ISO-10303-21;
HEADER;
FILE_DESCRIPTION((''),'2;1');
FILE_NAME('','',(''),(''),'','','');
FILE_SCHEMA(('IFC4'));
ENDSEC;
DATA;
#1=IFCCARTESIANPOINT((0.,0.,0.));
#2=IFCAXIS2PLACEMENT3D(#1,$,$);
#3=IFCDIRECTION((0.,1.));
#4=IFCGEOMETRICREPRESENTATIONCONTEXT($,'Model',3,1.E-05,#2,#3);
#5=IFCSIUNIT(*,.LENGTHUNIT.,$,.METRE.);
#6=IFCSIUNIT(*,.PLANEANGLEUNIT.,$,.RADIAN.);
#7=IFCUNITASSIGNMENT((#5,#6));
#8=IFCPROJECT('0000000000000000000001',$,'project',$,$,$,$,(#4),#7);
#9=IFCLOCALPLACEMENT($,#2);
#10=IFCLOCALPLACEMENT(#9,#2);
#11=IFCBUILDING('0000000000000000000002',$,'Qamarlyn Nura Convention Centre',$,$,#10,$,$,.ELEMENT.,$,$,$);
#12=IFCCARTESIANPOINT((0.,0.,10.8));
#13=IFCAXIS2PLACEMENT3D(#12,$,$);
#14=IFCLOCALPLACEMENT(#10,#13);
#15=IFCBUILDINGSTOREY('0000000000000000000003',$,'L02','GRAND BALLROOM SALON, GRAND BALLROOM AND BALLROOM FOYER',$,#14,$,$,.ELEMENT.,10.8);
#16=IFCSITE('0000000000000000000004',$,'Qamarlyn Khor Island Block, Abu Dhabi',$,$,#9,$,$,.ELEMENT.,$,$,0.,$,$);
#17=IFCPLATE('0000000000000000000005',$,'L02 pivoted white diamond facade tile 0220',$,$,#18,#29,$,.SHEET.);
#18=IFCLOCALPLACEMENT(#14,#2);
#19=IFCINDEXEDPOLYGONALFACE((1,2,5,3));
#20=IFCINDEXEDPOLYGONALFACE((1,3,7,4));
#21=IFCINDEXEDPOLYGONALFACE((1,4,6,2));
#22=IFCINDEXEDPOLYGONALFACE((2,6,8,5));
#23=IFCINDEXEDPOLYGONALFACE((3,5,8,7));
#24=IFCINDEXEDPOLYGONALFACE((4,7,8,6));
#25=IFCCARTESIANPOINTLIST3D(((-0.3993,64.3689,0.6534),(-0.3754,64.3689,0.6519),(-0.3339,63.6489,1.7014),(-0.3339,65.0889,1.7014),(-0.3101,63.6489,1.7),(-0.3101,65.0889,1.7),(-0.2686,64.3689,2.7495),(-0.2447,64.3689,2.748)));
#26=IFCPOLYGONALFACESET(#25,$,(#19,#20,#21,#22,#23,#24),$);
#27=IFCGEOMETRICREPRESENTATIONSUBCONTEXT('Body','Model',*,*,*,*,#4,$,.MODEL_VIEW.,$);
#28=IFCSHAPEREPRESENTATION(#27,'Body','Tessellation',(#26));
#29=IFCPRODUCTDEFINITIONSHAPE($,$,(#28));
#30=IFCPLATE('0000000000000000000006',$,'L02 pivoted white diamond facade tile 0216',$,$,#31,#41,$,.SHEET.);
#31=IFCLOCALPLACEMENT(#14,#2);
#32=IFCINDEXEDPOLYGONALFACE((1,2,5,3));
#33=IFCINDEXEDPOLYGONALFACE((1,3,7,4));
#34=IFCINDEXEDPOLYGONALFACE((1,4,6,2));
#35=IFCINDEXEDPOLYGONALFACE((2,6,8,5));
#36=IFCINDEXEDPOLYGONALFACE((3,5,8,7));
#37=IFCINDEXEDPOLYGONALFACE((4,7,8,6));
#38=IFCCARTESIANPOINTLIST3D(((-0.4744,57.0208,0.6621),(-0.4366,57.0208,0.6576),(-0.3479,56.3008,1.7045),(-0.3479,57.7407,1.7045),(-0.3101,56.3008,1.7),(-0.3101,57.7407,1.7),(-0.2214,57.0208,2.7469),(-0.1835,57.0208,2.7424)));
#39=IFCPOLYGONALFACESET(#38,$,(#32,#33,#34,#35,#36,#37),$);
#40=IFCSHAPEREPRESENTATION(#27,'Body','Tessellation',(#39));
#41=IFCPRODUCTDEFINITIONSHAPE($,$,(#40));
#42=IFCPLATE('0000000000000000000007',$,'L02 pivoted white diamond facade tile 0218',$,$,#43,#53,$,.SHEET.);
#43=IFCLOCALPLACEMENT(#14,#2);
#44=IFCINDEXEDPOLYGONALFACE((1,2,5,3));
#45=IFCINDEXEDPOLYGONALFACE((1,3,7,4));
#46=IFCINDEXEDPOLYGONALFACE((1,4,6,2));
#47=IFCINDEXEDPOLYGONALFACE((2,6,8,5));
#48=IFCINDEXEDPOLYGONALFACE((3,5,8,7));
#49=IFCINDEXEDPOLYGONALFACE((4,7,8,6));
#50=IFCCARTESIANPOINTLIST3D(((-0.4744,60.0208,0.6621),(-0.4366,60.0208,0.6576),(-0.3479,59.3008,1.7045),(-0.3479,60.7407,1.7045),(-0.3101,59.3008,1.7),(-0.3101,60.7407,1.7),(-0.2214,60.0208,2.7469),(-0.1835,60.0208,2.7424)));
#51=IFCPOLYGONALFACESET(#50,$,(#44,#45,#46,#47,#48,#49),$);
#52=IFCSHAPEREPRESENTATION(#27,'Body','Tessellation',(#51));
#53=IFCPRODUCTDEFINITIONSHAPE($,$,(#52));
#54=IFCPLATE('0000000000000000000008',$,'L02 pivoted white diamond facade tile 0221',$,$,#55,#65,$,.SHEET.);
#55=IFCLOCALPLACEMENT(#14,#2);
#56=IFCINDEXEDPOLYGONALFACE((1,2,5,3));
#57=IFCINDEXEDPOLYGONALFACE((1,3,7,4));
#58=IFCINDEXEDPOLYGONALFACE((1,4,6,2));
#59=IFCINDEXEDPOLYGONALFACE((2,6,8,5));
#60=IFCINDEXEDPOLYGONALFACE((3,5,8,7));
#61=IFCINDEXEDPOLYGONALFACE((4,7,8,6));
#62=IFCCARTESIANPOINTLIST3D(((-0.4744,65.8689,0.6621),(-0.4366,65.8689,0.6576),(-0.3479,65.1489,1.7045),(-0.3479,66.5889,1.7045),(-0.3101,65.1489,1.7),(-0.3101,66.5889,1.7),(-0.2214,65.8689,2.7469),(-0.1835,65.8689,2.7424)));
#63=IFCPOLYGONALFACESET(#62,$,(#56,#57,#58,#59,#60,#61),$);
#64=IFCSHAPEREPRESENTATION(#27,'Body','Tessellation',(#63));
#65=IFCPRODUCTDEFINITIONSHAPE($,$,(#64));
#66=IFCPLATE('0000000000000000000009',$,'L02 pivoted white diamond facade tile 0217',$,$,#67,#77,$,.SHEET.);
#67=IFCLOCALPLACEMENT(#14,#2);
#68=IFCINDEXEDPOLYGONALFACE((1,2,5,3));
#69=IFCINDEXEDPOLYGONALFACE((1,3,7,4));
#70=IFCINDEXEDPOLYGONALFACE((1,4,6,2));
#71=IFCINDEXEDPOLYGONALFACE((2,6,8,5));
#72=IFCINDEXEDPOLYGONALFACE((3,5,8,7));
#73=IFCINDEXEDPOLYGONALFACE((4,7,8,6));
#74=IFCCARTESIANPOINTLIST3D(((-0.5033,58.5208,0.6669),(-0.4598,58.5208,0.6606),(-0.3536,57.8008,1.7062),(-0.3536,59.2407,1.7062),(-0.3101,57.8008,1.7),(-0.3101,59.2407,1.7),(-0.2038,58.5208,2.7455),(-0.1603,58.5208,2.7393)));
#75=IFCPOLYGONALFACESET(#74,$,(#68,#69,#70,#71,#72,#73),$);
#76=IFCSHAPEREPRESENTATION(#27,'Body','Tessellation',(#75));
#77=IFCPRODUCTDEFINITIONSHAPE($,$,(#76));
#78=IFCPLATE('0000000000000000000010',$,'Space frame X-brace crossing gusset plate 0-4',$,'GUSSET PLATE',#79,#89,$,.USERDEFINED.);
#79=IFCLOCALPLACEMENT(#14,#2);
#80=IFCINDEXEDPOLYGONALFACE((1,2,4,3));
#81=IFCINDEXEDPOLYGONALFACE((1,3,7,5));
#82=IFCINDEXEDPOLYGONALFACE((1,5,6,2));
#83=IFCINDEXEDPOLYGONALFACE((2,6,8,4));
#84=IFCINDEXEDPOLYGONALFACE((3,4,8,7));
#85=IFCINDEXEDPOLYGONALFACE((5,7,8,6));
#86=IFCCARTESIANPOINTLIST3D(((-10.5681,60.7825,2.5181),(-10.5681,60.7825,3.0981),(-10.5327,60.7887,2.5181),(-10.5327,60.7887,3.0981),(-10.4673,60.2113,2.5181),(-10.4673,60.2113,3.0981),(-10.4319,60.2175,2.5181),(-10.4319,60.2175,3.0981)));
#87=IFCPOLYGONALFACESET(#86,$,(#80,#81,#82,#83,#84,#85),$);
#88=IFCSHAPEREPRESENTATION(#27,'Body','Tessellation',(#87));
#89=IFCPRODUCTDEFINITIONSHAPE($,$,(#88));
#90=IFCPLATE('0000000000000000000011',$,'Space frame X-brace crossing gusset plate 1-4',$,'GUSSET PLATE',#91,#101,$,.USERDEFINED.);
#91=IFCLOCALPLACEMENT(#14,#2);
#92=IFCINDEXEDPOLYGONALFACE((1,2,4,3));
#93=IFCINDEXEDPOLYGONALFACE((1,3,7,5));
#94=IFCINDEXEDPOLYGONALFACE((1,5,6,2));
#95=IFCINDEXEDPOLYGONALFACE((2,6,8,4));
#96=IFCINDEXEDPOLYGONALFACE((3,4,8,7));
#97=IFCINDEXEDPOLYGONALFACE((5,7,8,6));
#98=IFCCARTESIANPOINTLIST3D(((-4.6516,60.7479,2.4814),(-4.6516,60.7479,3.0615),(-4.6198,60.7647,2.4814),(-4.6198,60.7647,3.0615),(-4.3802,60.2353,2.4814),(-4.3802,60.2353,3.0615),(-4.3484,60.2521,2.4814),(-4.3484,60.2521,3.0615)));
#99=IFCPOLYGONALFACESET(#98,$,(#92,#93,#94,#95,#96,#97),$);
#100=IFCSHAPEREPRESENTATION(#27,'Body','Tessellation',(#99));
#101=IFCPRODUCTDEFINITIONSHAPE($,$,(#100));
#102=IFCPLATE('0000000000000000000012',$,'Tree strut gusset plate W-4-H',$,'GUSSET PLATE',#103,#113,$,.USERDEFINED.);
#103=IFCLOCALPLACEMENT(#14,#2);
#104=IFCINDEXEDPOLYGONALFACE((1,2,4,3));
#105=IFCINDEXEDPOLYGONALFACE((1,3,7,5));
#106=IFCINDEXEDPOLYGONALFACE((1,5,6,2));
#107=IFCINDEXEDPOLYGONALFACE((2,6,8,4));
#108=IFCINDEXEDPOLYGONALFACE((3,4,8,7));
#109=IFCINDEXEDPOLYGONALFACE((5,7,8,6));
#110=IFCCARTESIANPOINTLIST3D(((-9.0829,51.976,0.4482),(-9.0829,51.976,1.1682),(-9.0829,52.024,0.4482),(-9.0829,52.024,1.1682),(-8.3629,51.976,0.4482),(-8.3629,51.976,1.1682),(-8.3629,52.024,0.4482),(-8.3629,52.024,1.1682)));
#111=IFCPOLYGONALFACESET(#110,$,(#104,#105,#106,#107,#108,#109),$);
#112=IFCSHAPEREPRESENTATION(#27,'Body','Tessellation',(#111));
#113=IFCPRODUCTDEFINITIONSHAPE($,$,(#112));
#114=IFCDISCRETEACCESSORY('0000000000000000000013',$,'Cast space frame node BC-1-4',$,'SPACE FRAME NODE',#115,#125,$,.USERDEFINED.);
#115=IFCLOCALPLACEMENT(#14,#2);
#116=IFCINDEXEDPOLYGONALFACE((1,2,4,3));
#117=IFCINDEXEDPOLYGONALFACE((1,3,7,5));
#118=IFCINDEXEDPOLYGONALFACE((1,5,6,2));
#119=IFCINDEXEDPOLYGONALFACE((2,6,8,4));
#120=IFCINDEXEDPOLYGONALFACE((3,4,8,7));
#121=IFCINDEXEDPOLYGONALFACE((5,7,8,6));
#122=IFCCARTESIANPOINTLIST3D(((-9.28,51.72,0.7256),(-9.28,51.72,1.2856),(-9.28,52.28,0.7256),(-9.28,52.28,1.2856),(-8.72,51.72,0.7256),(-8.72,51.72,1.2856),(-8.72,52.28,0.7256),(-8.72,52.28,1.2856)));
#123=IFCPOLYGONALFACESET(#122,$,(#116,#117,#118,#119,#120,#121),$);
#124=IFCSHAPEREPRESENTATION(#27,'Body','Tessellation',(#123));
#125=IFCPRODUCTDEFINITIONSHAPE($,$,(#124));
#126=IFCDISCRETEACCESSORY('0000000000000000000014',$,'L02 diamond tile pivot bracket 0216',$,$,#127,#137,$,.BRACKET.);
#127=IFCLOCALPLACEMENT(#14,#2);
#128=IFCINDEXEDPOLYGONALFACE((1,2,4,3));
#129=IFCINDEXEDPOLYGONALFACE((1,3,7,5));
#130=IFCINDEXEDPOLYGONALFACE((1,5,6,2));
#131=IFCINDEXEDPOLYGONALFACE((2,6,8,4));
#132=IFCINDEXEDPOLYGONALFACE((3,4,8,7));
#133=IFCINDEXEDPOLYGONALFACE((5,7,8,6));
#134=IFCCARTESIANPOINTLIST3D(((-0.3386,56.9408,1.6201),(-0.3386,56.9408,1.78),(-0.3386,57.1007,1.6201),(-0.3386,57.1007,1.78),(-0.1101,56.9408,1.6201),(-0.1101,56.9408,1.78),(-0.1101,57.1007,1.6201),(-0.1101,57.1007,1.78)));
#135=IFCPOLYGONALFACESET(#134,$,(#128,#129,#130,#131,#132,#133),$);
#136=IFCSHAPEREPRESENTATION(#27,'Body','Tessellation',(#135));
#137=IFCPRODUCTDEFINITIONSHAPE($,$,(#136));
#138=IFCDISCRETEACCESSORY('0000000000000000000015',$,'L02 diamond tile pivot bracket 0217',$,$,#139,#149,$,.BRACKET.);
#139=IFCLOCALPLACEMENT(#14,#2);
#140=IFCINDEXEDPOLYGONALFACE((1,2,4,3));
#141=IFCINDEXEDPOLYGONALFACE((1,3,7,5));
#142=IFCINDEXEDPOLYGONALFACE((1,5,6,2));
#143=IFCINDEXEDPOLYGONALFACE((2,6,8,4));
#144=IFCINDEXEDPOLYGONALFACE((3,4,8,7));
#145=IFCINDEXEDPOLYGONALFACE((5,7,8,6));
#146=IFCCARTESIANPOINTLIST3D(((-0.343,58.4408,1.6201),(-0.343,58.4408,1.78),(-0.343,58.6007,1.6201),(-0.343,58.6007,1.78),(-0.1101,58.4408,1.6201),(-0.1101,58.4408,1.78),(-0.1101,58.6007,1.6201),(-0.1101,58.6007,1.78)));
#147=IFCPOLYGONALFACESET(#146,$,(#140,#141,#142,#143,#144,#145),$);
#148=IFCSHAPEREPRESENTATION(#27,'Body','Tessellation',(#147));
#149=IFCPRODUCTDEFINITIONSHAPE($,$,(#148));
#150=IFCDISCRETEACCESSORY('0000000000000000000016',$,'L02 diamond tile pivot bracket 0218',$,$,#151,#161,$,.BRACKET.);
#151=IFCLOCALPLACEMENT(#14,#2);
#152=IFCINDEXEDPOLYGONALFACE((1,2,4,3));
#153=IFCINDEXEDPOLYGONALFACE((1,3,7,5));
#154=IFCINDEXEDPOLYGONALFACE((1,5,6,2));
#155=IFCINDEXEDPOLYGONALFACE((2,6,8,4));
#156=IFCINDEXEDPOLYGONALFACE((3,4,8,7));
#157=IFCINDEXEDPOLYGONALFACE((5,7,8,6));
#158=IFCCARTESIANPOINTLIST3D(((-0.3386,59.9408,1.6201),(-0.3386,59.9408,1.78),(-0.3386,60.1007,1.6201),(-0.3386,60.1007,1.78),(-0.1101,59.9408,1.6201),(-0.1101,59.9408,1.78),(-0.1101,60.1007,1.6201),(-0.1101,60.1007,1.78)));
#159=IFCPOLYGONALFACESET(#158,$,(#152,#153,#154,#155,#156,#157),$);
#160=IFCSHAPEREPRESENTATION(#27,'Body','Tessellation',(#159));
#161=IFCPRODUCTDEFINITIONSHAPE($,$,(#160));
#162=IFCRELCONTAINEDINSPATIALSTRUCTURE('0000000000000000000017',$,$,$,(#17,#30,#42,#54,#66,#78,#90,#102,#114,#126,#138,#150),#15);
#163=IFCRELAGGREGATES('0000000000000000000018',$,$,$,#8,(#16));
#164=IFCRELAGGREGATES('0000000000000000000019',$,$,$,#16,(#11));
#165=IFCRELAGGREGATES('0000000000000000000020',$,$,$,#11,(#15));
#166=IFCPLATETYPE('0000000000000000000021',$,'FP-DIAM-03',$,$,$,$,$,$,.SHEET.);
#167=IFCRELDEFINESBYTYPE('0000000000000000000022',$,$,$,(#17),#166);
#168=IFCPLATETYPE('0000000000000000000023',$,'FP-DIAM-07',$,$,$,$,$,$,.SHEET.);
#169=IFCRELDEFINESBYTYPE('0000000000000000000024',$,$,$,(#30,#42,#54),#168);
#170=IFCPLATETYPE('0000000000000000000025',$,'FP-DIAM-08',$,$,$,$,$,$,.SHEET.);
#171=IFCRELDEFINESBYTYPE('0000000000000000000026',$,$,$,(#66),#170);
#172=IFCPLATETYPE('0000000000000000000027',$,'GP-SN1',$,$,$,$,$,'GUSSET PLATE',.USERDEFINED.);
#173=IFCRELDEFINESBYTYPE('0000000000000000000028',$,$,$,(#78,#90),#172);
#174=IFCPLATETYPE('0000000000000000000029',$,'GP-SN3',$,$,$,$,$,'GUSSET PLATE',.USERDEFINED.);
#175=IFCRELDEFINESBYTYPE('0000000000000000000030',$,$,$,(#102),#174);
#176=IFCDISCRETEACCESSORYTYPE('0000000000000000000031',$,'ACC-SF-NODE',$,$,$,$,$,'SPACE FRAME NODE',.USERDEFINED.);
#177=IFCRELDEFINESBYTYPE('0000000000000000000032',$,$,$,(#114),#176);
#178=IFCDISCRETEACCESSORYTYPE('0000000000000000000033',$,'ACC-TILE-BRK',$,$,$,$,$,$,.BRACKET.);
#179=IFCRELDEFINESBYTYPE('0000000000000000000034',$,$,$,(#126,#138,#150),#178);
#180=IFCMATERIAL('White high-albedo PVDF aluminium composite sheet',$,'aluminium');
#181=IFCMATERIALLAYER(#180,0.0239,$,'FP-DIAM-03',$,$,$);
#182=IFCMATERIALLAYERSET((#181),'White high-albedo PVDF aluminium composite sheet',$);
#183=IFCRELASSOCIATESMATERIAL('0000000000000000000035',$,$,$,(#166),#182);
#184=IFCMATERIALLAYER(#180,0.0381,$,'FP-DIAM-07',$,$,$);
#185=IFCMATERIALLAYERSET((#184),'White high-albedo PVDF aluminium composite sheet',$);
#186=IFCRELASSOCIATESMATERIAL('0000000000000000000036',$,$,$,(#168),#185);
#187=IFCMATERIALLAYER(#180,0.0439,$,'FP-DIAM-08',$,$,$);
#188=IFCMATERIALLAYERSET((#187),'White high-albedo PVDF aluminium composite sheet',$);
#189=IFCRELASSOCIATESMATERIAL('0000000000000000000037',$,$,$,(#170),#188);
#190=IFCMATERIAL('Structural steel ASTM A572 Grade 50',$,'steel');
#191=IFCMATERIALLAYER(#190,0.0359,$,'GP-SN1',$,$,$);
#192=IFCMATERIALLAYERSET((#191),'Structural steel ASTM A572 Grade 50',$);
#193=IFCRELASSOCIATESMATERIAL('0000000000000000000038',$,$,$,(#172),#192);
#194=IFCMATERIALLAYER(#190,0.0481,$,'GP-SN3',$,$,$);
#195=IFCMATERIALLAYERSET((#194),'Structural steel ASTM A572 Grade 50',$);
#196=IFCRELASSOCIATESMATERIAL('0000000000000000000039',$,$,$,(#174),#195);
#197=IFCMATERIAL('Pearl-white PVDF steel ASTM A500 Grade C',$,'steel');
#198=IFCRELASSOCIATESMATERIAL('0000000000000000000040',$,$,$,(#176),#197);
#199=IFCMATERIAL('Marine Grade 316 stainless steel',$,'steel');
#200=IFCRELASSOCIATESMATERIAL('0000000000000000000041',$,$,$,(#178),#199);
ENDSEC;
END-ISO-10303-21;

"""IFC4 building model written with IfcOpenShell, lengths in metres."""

from ifc_helpers import new_model, si_unit, direction, frame, origin, origin_2d, place, context, subcontext, project, spatial, polyline, rectangle, outline, extrude, material, layer, layer_set, type_object, element, save


model = new_model("IFC4")

# Units and contexts
model_context = context("Model", 3, precision=1e-05, world=origin(), true_north=direction((0.0, 1.0)))
body_context = subcontext(model_context, "Body", "Model", "MODEL_VIEW")
ifc_project = project(units=[si_unit("LENGTHUNIT", "METRE"), si_unit("PLANEANGLEUNIT", "RADIAN")], contexts=[model_context])

# Site, building, storey
site_placement = place(None, origin())
site = spatial("IfcSite", under=ifc_project, at=site_placement, Name="Qamarlyn Khor Island Block, Abu Dhabi", CompositionType="ELEMENT", RefElevation=0.0)
building_placement = place(site_placement, origin())
building = spatial("IfcBuilding", under=site, at=building_placement, Name="Qamarlyn Nura Convention Centre", CompositionType="ELEMENT")
storey_placement = place(building_placement, frame((0.0, 0.0, 10.8)))
storey = spatial("IfcBuildingStorey", under=building, at=storey_placement, Name="L02", Description="GRAND BALLROOM SALON, GRAND BALLROOM AND BALLROOM FOYER", CompositionType="ELEMENT", Elevation=10.8)

# Shared definitions
ifc_material_1 = material(Name="Pearl-white PVDF steel ASTM A500 Grade C", Category="steel")

# Plates
ifc_material_2 = material(Name="White high-albedo PVDF aluminium composite sheet", Category="aluminium")
ifc_layer_1 = layer(ifc_material_2, 0.0239, Name="FP-DIAM-03")
ifc_layer_set_1 = layer_set([ifc_layer_1], Name="White high-albedo PVDF aluminium composite sheet")
plate_type_1 = type_object("IfcPlateType", Name="FP-DIAM-03", PredefinedType="SHEET", material=ifc_layer_set_1)
for number, where, z_axis, x_axis, name in (
    (1, (-0.3101, 64.3689, 1.7), (-0.998059, 0.0, 0.062268), (0.0, -1.0, 0.0), "L02 pivoted white diamond facade tile 0220"),
):
    element("IfcPlate", number, at=place(storey_placement, frame(where, z_axis=z_axis, x_axis=x_axis)), inside=storey, type_object=plate_type_1, Name=name, PredefinedType="SHEET", context=body_context, shape_type="SweptSolid", body=[
        extrude(outline(polyline([(-0.72, 0.0), (0.0, -1.05), (0.72, 0.0), (0.0, 1.05), (-0.72, 0.0)])), origin(), (0.0, 0.0, 1.0), 0.0239),
    ])
ifc_layer_2 = layer(ifc_material_2, 0.0381, Name="FP-DIAM-07")
ifc_layer_set_2 = layer_set([ifc_layer_2], Name="White high-albedo PVDF aluminium composite sheet")
plate_type_2 = type_object("IfcPlateType", Name="FP-DIAM-07", PredefinedType="SHEET", material=ifc_layer_set_2)
for number, where, z_axis, x_axis, name in (
    (2, (-0.3101, 57.0208, 1.7), (-0.992715, 0.0, 0.120483), (0.0, -1.0, 0.0), "L02 pivoted white diamond facade tile 0216"),
    (3, (-0.3101, 60.0208, 1.7), (-0.992715, 0.0, 0.120483), (0.0, -1.0, 0.0), "L02 pivoted white diamond facade tile 0218"),
    (4, (-0.3101, 65.8689, 1.7), (-0.992715, 0.0, 0.120483), (0.0, -1.0, 0.0), "L02 pivoted white diamond facade tile 0221"),
):
    element("IfcPlate", number, at=place(storey_placement, frame(where, z_axis=z_axis, x_axis=x_axis)), inside=storey, type_object=plate_type_2, Name=name, PredefinedType="SHEET", context=body_context, shape_type="SweptSolid", body=[
        extrude(outline(polyline([(-0.72, 0.0), (0.0, -1.05), (0.72, 0.0), (0.0, 1.05), (-0.72, 0.0)])), origin(), (0.0, 0.0, 1.0), 0.0381),
    ])
ifc_layer_3 = layer(ifc_material_2, 0.0439, Name="FP-DIAM-08")
ifc_layer_set_3 = layer_set([ifc_layer_3], Name="White high-albedo PVDF aluminium composite sheet")
plate_type_3 = type_object("IfcPlateType", Name="FP-DIAM-08", PredefinedType="SHEET", material=ifc_layer_set_3)
plate_1_placement = place(storey_placement, frame((-0.3101, 58.5208, 1.7), z_axis=(-0.989776, 0.0, 0.142629), x_axis=(0.0, -1.0, 0.0)))
element("IfcPlate", 5, at=plate_1_placement, inside=storey, type_object=plate_type_3, Name="L02 pivoted white diamond facade tile 0217", PredefinedType="SHEET", context=body_context, shape_type="SweptSolid", body=[
    extrude(outline(polyline([(-0.72, 0.0), (0.0, -1.05), (0.72, 0.0), (0.0, 1.05), (-0.72, 0.0)])), origin(), (0.0, 0.0, 1.0), 0.0439),
])
ifc_material_3 = material(Name="Structural steel ASTM A572 Grade 50", Category="steel")
ifc_layer_4 = layer(ifc_material_3, 0.0359, Name="GP-SN1")
ifc_layer_set_4 = layer_set([ifc_layer_4], Name="Structural steel ASTM A572 Grade 50")
plate_type_4 = type_object("IfcPlateType", Name="GP-SN1", ElementType="GUSSET PLATE", PredefinedType="USERDEFINED", material=ifc_layer_set_4)
for number, where, z_axis, x_axis, name in (
    (6, (-10.5, 60.5, 2.5181), (0.0, 0.0, 1.0), (-0.173786, 0.984783, 0.0), "Space frame X-brace crossing gusset plate 0-4"),
    (7, (-4.5, 60.5, 2.4814), (0.0, 0.0, 1.0), (-0.467888, 0.883788, 0.0), "Space frame X-brace crossing gusset plate 1-4"),
):
    element("IfcPlate", number, at=place(storey_placement, frame(where, z_axis=z_axis, x_axis=x_axis)), inside=storey, type_object=plate_type_4, Name=name, ObjectType="GUSSET PLATE", PredefinedType="USERDEFINED", context=body_context, shape_type="SweptSolid", body=[
        extrude(rectangle(XDim=0.5801, YDim=0.0359, at=origin_2d()), origin(), (0.0, 0.0, 1.0), 0.5801),
    ])
ifc_layer_5 = layer(ifc_material_3, 0.0481, Name="GP-SN3")
ifc_layer_set_5 = layer_set([ifc_layer_5], Name="Structural steel ASTM A572 Grade 50")
plate_type_5 = type_object("IfcPlateType", Name="GP-SN3", ElementType="GUSSET PLATE", PredefinedType="USERDEFINED", material=ifc_layer_set_5)
plate_2_placement = place(storey_placement, frame((-8.7229, 52.0, 0.4482), z_axis=(0.0, 0.0, 1.0), x_axis=(1.0, 0.0, 0.0)))
element("IfcPlate", 8, at=plate_2_placement, inside=storey, type_object=plate_type_5, Name="Tree strut gusset plate W-4-H", ObjectType="GUSSET PLATE", PredefinedType="USERDEFINED", context=body_context, shape_type="SweptSolid", body=[
    extrude(rectangle(XDim=0.72, YDim=0.0481, at=origin_2d()), origin(), (0.0, 0.0, 1.0), 0.72),
])

# Discrete accessories
discrete_accessory_type_1 = type_object("IfcDiscreteAccessoryType", Name="ACC-SF-NODE", ElementType="SPACE FRAME NODE", PredefinedType="USERDEFINED", material=ifc_material_1)
discrete_accessory_1_placement = place(storey_placement, frame((-9.0, 52.0, 0.7256), z_axis=(0.0, 0.0, 1.0), x_axis=(1.0, 0.0, 0.0)))
element("IfcDiscreteAccessory", 9, at=discrete_accessory_1_placement, inside=storey, type_object=discrete_accessory_type_1, Name="Cast space frame node BC-1-4", ObjectType="SPACE FRAME NODE", PredefinedType="USERDEFINED", context=body_context, shape_type="SweptSolid", body=[
    extrude(rectangle(XDim=0.5601, YDim=0.5601, at=origin_2d()), origin(), (0.0, 0.0, 1.0), 0.5601),
])
ifc_material_4 = material(Name="Marine Grade 316 stainless steel", Category="steel")
discrete_accessory_type_2 = type_object("IfcDiscreteAccessoryType", Name="ACC-TILE-BRK", PredefinedType="BRACKET", material=ifc_material_4)
discrete_accessory_2_placement = place(storey_placement, frame((-0.2244, 57.0208, 1.6201), z_axis=(0.0, 0.0, 1.0), x_axis=(-1.0, 0.0, 0.0)))
element("IfcDiscreteAccessory", 10, at=discrete_accessory_2_placement, inside=storey, type_object=discrete_accessory_type_2, Name="L02 diamond tile pivot bracket 0216", PredefinedType="BRACKET", context=body_context, shape_type="SweptSolid", body=[
    extrude(rectangle(XDim=0.2285, YDim=0.1599, at=origin_2d()), origin(), (0.0, 0.0, 1.0), 0.1599),
])
discrete_accessory_3_placement = place(storey_placement, frame((-0.2266, 58.5208, 1.6201), z_axis=(0.0, 0.0, 1.0), x_axis=(-1.0, 0.0, 0.0)))
element("IfcDiscreteAccessory", 11, at=discrete_accessory_3_placement, inside=storey, type_object=discrete_accessory_type_2, Name="L02 diamond tile pivot bracket 0217", PredefinedType="BRACKET", context=body_context, shape_type="SweptSolid", body=[
    extrude(rectangle(XDim=0.2329, YDim=0.1599, at=origin_2d()), origin(), (0.0, 0.0, 1.0), 0.1599),
])
discrete_accessory_4_placement = place(storey_placement, frame((-0.2244, 60.0208, 1.6201), z_axis=(0.0, 0.0, 1.0), x_axis=(-1.0, 0.0, 0.0)))
element("IfcDiscreteAccessory", 12, at=discrete_accessory_4_placement, inside=storey, type_object=discrete_accessory_type_2, Name="L02 diamond tile pivot bracket 0218", PredefinedType="BRACKET", context=body_context, shape_type="SweptSolid", body=[
    extrude(rectangle(XDim=0.2285, YDim=0.1599, at=origin_2d()), origin(), (0.0, 0.0, 1.0), 0.1599),
])

save(model, "model.ifc")
